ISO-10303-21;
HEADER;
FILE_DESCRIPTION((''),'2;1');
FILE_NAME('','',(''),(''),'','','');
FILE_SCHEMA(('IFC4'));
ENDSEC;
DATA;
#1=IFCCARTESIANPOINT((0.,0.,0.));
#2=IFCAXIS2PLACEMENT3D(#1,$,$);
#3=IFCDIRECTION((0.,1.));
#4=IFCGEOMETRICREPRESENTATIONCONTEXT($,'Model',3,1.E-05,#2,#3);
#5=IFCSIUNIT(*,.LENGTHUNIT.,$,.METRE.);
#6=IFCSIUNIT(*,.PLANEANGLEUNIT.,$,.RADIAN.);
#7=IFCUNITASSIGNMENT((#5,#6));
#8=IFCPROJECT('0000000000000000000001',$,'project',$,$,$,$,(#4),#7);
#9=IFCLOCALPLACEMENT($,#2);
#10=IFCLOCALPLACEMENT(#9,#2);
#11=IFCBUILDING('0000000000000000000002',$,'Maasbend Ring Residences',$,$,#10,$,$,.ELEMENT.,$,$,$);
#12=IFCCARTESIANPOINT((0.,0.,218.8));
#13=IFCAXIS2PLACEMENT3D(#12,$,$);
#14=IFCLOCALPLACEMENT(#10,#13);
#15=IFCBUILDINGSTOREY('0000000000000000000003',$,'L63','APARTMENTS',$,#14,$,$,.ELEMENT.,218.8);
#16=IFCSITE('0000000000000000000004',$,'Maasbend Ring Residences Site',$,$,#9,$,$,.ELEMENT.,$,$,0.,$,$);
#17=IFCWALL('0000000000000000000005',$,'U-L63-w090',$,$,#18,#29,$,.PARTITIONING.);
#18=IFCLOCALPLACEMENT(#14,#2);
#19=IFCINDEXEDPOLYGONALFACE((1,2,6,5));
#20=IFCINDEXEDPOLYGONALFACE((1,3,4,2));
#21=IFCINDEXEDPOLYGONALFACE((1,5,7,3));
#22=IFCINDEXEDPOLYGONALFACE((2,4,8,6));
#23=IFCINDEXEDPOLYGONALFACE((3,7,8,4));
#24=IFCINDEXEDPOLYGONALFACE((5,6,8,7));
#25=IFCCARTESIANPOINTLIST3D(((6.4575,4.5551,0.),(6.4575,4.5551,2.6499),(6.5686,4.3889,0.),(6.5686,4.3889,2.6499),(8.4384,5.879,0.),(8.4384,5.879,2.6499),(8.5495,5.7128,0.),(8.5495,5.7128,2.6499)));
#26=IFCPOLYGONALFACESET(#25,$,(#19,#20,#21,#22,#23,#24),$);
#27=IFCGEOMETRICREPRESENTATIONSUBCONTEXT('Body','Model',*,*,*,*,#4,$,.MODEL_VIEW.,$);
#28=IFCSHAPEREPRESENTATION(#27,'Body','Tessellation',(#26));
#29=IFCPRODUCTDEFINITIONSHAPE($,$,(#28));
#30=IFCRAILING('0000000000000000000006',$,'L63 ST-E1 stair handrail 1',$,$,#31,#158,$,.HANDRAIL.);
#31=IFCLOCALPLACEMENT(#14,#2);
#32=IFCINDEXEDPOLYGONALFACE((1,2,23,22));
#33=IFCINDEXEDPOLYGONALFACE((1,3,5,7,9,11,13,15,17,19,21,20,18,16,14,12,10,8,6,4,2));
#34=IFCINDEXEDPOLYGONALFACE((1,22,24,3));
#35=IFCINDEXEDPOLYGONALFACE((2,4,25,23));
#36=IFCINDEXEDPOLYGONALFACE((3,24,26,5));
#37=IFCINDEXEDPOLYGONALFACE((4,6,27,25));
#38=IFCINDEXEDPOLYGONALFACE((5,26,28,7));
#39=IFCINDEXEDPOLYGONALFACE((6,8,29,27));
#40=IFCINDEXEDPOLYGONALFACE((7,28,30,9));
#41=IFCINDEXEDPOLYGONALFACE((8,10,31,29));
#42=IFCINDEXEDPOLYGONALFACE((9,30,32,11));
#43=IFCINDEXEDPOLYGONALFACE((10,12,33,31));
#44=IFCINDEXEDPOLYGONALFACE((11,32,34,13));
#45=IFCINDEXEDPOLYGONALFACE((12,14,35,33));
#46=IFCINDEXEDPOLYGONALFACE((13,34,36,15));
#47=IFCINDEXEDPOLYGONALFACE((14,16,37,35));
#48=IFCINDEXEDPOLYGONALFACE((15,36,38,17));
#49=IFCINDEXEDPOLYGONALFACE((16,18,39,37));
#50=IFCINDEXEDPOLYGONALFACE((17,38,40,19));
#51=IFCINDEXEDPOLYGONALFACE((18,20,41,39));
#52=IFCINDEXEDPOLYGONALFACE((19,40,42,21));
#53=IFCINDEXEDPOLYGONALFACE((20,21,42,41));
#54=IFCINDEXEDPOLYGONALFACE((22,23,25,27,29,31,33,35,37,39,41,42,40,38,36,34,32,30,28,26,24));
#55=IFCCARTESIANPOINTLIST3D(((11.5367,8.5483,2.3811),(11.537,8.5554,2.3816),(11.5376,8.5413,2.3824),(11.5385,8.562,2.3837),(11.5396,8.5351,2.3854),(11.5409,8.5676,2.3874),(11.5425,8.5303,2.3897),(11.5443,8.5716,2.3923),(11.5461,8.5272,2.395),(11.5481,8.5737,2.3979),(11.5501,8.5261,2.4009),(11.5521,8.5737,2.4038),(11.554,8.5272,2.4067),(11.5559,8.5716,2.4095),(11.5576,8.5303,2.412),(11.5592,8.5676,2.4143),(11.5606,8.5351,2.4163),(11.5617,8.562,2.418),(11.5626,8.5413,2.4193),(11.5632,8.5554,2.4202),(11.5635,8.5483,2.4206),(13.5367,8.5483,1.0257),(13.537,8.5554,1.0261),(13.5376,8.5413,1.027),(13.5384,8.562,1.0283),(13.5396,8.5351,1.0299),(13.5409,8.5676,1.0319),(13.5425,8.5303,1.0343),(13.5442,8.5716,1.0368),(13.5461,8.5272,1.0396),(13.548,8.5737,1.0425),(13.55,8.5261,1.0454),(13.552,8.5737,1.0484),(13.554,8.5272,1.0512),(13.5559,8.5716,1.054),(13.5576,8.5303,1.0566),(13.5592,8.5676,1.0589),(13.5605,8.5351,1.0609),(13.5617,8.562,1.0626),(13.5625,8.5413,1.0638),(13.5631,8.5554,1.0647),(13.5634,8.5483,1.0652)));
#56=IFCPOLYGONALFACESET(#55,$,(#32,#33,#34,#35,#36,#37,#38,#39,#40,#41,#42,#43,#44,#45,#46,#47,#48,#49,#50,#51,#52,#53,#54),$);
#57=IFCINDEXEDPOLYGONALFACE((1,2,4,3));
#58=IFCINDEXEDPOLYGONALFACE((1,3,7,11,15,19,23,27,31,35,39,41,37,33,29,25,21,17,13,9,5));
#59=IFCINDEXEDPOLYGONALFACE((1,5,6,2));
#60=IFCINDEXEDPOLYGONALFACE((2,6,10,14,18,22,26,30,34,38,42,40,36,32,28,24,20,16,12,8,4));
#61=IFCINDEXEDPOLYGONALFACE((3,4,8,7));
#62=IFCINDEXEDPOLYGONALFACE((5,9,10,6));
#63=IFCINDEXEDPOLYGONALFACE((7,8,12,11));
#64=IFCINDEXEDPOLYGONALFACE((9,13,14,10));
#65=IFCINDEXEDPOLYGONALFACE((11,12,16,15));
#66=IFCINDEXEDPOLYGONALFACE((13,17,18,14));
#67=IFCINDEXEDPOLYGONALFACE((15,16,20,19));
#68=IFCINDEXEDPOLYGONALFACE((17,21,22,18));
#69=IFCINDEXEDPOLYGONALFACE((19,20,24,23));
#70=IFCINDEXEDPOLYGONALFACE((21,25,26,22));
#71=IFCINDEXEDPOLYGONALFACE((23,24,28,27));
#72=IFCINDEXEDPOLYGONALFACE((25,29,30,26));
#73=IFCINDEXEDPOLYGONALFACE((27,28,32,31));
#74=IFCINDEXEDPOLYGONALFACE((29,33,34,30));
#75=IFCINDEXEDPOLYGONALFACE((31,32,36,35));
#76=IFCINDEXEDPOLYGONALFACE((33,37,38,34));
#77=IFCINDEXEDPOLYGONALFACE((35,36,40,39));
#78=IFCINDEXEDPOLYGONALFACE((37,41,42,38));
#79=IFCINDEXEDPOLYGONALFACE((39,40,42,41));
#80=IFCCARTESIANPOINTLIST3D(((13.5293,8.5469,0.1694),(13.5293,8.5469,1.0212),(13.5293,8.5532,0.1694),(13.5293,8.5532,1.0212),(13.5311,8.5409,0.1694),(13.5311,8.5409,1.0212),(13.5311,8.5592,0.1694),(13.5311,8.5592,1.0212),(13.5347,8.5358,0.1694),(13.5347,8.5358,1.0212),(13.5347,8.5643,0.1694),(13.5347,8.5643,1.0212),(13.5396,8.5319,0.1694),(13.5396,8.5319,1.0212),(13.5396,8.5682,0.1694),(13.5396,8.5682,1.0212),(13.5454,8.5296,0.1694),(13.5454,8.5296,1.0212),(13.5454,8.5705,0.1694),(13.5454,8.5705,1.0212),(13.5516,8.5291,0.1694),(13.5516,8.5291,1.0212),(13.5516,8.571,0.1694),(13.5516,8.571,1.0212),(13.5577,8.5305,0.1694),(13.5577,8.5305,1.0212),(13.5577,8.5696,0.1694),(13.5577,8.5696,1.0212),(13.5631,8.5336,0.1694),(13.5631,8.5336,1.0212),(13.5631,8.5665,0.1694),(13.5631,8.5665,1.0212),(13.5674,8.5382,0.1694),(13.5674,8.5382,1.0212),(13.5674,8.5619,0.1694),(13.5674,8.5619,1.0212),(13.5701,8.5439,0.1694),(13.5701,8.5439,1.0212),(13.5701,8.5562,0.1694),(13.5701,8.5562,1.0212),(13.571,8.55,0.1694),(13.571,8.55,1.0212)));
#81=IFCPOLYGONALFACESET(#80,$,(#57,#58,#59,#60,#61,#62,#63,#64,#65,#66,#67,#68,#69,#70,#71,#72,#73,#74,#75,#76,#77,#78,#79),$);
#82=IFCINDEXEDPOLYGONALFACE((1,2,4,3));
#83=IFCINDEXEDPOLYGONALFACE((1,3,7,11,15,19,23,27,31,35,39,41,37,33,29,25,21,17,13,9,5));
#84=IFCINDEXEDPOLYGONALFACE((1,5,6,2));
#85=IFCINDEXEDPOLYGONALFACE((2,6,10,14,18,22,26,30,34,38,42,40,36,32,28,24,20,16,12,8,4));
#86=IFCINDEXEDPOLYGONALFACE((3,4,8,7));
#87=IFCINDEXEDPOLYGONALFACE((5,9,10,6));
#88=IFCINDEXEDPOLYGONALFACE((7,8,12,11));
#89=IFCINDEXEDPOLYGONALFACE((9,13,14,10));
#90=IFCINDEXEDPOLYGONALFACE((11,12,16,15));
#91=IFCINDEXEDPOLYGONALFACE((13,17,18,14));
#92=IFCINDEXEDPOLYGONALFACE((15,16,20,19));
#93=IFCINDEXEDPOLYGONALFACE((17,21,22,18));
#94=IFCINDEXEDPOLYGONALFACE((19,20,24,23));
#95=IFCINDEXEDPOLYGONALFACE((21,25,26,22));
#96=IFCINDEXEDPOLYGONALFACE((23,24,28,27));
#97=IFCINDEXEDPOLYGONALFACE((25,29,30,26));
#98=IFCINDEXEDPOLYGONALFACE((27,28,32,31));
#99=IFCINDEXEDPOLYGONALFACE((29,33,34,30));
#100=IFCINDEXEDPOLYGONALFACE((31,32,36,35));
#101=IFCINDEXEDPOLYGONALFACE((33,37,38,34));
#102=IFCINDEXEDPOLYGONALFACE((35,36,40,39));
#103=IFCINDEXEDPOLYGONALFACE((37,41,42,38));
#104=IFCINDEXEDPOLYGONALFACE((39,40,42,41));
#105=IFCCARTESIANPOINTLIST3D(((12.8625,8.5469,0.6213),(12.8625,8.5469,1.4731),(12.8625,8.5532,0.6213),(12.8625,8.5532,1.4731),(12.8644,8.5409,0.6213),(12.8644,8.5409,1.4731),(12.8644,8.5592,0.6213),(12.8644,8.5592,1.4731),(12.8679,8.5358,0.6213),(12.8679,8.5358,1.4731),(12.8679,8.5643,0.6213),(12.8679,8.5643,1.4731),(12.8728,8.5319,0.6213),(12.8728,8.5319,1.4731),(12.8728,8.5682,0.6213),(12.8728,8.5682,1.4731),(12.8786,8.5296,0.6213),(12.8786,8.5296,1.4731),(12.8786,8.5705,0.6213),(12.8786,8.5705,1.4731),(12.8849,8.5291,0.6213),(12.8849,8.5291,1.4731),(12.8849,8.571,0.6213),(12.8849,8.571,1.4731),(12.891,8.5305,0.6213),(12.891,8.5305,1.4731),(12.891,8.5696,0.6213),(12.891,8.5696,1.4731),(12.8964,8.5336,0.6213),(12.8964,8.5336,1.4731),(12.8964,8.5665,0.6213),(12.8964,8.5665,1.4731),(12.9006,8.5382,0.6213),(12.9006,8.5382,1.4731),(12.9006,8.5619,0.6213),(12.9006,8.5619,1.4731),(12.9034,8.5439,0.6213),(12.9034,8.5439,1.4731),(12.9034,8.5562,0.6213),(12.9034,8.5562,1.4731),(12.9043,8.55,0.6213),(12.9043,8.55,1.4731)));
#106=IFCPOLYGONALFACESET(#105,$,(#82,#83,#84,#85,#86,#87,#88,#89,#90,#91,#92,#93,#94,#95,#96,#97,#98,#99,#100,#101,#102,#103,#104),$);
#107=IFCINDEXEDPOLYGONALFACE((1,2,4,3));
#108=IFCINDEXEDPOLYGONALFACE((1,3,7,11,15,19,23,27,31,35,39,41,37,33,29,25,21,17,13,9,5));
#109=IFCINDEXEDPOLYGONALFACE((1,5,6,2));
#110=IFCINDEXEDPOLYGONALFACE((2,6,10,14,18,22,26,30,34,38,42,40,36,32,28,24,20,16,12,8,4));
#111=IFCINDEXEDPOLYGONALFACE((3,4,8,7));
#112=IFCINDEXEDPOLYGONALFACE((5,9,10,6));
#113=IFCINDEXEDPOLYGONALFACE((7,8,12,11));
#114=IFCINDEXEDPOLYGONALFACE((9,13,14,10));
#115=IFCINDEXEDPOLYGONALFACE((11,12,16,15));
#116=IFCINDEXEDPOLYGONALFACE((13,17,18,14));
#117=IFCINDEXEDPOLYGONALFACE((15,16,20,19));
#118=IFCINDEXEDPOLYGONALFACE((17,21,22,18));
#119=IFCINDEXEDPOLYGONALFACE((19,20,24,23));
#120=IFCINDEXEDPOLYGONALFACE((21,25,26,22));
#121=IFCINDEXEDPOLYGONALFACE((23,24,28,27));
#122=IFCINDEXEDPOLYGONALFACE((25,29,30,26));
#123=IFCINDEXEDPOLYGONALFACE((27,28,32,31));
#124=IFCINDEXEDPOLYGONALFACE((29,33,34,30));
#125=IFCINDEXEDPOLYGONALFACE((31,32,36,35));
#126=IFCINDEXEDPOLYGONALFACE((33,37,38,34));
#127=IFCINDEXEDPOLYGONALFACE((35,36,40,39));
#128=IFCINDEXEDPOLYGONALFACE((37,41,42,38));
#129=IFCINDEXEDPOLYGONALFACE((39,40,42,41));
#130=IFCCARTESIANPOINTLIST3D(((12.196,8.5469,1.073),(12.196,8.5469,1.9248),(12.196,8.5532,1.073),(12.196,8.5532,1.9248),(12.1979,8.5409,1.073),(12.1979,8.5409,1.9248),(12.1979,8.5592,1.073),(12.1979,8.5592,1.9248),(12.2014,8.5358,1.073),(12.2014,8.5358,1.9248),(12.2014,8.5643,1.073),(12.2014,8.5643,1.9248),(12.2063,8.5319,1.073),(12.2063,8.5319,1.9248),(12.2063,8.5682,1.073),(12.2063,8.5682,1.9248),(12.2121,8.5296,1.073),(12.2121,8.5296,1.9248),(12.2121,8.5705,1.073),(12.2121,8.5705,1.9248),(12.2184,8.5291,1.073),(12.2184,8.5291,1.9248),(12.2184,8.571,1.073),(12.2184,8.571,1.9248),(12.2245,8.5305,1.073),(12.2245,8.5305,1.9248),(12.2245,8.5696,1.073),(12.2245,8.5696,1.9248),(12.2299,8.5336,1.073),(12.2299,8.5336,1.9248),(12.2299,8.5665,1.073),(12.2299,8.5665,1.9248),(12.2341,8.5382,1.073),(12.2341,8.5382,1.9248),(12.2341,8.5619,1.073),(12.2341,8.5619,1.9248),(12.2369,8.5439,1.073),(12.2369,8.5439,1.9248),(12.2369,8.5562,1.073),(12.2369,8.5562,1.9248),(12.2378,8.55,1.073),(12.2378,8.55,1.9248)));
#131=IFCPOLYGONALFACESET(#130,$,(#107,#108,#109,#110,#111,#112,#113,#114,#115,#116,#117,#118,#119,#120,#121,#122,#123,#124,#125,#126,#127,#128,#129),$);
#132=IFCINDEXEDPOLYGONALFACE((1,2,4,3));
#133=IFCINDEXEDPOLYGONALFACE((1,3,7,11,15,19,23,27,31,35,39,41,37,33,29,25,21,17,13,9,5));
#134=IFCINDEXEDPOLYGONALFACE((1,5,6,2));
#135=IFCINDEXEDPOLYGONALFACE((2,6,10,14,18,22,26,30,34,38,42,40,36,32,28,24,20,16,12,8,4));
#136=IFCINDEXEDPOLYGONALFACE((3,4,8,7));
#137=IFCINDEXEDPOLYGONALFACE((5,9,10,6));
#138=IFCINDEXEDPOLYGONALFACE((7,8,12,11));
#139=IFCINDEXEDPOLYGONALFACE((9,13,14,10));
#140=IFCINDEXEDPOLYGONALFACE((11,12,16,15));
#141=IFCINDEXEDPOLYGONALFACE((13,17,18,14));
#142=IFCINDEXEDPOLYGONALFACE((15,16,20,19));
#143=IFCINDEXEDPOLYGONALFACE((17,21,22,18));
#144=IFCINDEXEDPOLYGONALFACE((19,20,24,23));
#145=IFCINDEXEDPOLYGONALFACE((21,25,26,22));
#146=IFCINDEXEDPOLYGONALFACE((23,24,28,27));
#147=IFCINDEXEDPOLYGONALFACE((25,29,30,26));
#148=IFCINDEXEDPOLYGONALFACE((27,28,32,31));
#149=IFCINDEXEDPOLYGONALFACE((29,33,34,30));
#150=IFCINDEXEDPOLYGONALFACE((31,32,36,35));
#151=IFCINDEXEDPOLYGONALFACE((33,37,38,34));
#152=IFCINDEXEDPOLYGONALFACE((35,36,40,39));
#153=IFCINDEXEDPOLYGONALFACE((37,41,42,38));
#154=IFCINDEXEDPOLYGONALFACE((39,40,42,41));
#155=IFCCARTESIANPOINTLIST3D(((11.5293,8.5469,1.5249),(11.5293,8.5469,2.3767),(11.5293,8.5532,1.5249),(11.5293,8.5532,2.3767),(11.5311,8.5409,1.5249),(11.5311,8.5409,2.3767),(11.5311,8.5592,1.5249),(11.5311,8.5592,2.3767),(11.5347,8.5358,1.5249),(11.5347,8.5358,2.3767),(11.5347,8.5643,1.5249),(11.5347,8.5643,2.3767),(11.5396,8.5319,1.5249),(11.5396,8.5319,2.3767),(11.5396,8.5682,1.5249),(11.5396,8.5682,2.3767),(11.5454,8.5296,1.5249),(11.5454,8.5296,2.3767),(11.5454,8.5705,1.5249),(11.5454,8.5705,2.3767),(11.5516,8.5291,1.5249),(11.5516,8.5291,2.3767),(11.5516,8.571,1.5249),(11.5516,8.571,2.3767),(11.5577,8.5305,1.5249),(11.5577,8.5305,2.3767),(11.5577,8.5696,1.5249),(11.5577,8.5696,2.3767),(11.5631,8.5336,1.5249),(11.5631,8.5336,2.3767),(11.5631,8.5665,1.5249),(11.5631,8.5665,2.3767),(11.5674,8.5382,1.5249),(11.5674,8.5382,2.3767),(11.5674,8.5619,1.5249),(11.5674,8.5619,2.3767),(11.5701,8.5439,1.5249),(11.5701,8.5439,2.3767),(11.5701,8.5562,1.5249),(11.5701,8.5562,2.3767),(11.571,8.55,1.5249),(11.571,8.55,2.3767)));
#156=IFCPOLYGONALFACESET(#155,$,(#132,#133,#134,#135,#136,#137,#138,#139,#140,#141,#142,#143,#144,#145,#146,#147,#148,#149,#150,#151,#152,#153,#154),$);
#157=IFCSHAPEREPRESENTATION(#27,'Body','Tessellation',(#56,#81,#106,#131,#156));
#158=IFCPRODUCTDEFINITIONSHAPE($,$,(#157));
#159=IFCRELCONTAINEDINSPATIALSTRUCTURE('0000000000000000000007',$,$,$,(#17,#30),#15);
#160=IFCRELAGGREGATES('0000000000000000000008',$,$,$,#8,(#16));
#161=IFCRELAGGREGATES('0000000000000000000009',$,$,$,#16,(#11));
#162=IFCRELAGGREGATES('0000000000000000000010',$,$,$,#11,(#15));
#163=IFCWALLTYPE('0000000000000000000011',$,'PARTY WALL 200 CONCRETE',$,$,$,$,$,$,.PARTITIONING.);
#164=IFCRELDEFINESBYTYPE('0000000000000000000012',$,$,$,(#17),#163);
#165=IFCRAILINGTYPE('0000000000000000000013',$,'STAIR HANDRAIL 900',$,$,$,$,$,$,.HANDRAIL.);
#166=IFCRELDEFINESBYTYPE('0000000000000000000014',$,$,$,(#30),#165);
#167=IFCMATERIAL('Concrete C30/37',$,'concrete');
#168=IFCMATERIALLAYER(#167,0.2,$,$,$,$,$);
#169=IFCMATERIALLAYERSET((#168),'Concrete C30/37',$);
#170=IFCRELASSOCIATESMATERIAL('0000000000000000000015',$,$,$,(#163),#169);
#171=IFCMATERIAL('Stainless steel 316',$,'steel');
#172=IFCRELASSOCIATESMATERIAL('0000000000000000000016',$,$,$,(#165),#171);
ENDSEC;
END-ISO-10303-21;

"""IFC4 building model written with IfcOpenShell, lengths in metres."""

from ifc_helpers import new_model, si_unit, direction, frame, frame_2d, origin, origin_2d, place, context, subcontext, project, spatial, rectangle, circle, extrude, material, layer, layer_set, type_object, element, save


model = new_model("IFC4")

# Units and contexts
model_context = context("Model", 3, precision=1e-05, world=origin(), true_north=direction((0.0, 1.0)))
body_context = subcontext(model_context, "Body", "Model", "MODEL_VIEW")
ifc_project = project(units=[si_unit("LENGTHUNIT", "METRE"), si_unit("PLANEANGLEUNIT", "RADIAN")], contexts=[model_context])

# Site, building, storey
site_placement = place(None, origin())
site = spatial("IfcSite", under=ifc_project, at=site_placement, Name="Maasbend Ring Residences Site", CompositionType="ELEMENT", RefElevation=0.0)
building_placement = place(site_placement, origin())
building = spatial("IfcBuilding", under=site, at=building_placement, Name="Maasbend Ring Residences", CompositionType="ELEMENT")
storey_placement = place(building_placement, frame((0.0, 0.0, 218.8)))
storey = spatial("IfcBuildingStorey", under=building, at=storey_placement, Name="L63", Description="APARTMENTS", CompositionType="ELEMENT", Elevation=218.8)

# Wall
ifc_material_1 = material(Name="Concrete C30/37", Category="concrete")
ifc_layer_1 = layer(ifc_material_1, 0.2)
ifc_layer_set_1 = layer_set([ifc_layer_1], Name="Concrete C30/37")
wall_type_1 = type_object("IfcWallType", Name="PARTY WALL 200 CONCRETE", PredefinedType="PARTITIONING", material=ifc_layer_set_1)
wall_1_placement = place(storey_placement, frame((6.5129, 4.4719, 0.0), z_axis=(0.0, 0.0, 1.0), x_axis=(0.831403, 0.555669, 0.0)))
element("IfcWall", 1, at=wall_1_placement, inside=storey, type_object=wall_type_1, Name="U-L63-w090", PredefinedType="PARTITIONING", context=body_context, shape_type="SweptSolid", body=[
    extrude(rectangle(XDim=2.3826, YDim=0.2, at=frame_2d((1.1914, 0.0))), origin(), (0.0, 0.0, 1.0), 2.6499),
])

# Railing
ifc_material_2 = material(Name="Stainless steel 316", Category="steel")
railing_type_1 = type_object("IfcRailingType", Name="STAIR HANDRAIL 900", PredefinedType="HANDRAIL", material=ifc_material_2)
railing_1_placement = place(storey_placement, frame((13.55, 8.55, 0.1694)))
element("IfcRailing", 2, at=railing_1_placement, inside=storey, type_object=railing_type_1, Name="L63 ST-E1 stair handrail 1", PredefinedType="HANDRAIL", context=body_context, shape_type="SweptSolid", body=[
    extrude(circle(Radius=0.0239, at=origin_2d()), frame((0.0, 0.0, 0.876), z_axis=(-0.827798, 0.0, 0.561027), x_axis=(0.0, -1.0, 0.0)), (0.0, 0.0, 1.0), 2.416),
    extrude(circle(Radius=0.021, at=origin_2d()), origin(), (0.0, 0.0, 1.0), 0.8518),
    extrude(circle(Radius=0.021, at=origin_2d()), frame((-0.6667, 0.0, 0.4519)), (0.0, 0.0, 1.0), 0.8518),
    extrude(circle(Radius=0.021, at=origin_2d()), frame((-1.3333, 0.0, 0.9036)), (0.0, 0.0, 1.0), 0.8518),
    extrude(circle(Radius=0.021, at=origin_2d()), frame((-2.0, 0.0, 1.3555)), (0.0, 0.0, 1.0), 0.8518),
])

save(model, "model.ifc")
